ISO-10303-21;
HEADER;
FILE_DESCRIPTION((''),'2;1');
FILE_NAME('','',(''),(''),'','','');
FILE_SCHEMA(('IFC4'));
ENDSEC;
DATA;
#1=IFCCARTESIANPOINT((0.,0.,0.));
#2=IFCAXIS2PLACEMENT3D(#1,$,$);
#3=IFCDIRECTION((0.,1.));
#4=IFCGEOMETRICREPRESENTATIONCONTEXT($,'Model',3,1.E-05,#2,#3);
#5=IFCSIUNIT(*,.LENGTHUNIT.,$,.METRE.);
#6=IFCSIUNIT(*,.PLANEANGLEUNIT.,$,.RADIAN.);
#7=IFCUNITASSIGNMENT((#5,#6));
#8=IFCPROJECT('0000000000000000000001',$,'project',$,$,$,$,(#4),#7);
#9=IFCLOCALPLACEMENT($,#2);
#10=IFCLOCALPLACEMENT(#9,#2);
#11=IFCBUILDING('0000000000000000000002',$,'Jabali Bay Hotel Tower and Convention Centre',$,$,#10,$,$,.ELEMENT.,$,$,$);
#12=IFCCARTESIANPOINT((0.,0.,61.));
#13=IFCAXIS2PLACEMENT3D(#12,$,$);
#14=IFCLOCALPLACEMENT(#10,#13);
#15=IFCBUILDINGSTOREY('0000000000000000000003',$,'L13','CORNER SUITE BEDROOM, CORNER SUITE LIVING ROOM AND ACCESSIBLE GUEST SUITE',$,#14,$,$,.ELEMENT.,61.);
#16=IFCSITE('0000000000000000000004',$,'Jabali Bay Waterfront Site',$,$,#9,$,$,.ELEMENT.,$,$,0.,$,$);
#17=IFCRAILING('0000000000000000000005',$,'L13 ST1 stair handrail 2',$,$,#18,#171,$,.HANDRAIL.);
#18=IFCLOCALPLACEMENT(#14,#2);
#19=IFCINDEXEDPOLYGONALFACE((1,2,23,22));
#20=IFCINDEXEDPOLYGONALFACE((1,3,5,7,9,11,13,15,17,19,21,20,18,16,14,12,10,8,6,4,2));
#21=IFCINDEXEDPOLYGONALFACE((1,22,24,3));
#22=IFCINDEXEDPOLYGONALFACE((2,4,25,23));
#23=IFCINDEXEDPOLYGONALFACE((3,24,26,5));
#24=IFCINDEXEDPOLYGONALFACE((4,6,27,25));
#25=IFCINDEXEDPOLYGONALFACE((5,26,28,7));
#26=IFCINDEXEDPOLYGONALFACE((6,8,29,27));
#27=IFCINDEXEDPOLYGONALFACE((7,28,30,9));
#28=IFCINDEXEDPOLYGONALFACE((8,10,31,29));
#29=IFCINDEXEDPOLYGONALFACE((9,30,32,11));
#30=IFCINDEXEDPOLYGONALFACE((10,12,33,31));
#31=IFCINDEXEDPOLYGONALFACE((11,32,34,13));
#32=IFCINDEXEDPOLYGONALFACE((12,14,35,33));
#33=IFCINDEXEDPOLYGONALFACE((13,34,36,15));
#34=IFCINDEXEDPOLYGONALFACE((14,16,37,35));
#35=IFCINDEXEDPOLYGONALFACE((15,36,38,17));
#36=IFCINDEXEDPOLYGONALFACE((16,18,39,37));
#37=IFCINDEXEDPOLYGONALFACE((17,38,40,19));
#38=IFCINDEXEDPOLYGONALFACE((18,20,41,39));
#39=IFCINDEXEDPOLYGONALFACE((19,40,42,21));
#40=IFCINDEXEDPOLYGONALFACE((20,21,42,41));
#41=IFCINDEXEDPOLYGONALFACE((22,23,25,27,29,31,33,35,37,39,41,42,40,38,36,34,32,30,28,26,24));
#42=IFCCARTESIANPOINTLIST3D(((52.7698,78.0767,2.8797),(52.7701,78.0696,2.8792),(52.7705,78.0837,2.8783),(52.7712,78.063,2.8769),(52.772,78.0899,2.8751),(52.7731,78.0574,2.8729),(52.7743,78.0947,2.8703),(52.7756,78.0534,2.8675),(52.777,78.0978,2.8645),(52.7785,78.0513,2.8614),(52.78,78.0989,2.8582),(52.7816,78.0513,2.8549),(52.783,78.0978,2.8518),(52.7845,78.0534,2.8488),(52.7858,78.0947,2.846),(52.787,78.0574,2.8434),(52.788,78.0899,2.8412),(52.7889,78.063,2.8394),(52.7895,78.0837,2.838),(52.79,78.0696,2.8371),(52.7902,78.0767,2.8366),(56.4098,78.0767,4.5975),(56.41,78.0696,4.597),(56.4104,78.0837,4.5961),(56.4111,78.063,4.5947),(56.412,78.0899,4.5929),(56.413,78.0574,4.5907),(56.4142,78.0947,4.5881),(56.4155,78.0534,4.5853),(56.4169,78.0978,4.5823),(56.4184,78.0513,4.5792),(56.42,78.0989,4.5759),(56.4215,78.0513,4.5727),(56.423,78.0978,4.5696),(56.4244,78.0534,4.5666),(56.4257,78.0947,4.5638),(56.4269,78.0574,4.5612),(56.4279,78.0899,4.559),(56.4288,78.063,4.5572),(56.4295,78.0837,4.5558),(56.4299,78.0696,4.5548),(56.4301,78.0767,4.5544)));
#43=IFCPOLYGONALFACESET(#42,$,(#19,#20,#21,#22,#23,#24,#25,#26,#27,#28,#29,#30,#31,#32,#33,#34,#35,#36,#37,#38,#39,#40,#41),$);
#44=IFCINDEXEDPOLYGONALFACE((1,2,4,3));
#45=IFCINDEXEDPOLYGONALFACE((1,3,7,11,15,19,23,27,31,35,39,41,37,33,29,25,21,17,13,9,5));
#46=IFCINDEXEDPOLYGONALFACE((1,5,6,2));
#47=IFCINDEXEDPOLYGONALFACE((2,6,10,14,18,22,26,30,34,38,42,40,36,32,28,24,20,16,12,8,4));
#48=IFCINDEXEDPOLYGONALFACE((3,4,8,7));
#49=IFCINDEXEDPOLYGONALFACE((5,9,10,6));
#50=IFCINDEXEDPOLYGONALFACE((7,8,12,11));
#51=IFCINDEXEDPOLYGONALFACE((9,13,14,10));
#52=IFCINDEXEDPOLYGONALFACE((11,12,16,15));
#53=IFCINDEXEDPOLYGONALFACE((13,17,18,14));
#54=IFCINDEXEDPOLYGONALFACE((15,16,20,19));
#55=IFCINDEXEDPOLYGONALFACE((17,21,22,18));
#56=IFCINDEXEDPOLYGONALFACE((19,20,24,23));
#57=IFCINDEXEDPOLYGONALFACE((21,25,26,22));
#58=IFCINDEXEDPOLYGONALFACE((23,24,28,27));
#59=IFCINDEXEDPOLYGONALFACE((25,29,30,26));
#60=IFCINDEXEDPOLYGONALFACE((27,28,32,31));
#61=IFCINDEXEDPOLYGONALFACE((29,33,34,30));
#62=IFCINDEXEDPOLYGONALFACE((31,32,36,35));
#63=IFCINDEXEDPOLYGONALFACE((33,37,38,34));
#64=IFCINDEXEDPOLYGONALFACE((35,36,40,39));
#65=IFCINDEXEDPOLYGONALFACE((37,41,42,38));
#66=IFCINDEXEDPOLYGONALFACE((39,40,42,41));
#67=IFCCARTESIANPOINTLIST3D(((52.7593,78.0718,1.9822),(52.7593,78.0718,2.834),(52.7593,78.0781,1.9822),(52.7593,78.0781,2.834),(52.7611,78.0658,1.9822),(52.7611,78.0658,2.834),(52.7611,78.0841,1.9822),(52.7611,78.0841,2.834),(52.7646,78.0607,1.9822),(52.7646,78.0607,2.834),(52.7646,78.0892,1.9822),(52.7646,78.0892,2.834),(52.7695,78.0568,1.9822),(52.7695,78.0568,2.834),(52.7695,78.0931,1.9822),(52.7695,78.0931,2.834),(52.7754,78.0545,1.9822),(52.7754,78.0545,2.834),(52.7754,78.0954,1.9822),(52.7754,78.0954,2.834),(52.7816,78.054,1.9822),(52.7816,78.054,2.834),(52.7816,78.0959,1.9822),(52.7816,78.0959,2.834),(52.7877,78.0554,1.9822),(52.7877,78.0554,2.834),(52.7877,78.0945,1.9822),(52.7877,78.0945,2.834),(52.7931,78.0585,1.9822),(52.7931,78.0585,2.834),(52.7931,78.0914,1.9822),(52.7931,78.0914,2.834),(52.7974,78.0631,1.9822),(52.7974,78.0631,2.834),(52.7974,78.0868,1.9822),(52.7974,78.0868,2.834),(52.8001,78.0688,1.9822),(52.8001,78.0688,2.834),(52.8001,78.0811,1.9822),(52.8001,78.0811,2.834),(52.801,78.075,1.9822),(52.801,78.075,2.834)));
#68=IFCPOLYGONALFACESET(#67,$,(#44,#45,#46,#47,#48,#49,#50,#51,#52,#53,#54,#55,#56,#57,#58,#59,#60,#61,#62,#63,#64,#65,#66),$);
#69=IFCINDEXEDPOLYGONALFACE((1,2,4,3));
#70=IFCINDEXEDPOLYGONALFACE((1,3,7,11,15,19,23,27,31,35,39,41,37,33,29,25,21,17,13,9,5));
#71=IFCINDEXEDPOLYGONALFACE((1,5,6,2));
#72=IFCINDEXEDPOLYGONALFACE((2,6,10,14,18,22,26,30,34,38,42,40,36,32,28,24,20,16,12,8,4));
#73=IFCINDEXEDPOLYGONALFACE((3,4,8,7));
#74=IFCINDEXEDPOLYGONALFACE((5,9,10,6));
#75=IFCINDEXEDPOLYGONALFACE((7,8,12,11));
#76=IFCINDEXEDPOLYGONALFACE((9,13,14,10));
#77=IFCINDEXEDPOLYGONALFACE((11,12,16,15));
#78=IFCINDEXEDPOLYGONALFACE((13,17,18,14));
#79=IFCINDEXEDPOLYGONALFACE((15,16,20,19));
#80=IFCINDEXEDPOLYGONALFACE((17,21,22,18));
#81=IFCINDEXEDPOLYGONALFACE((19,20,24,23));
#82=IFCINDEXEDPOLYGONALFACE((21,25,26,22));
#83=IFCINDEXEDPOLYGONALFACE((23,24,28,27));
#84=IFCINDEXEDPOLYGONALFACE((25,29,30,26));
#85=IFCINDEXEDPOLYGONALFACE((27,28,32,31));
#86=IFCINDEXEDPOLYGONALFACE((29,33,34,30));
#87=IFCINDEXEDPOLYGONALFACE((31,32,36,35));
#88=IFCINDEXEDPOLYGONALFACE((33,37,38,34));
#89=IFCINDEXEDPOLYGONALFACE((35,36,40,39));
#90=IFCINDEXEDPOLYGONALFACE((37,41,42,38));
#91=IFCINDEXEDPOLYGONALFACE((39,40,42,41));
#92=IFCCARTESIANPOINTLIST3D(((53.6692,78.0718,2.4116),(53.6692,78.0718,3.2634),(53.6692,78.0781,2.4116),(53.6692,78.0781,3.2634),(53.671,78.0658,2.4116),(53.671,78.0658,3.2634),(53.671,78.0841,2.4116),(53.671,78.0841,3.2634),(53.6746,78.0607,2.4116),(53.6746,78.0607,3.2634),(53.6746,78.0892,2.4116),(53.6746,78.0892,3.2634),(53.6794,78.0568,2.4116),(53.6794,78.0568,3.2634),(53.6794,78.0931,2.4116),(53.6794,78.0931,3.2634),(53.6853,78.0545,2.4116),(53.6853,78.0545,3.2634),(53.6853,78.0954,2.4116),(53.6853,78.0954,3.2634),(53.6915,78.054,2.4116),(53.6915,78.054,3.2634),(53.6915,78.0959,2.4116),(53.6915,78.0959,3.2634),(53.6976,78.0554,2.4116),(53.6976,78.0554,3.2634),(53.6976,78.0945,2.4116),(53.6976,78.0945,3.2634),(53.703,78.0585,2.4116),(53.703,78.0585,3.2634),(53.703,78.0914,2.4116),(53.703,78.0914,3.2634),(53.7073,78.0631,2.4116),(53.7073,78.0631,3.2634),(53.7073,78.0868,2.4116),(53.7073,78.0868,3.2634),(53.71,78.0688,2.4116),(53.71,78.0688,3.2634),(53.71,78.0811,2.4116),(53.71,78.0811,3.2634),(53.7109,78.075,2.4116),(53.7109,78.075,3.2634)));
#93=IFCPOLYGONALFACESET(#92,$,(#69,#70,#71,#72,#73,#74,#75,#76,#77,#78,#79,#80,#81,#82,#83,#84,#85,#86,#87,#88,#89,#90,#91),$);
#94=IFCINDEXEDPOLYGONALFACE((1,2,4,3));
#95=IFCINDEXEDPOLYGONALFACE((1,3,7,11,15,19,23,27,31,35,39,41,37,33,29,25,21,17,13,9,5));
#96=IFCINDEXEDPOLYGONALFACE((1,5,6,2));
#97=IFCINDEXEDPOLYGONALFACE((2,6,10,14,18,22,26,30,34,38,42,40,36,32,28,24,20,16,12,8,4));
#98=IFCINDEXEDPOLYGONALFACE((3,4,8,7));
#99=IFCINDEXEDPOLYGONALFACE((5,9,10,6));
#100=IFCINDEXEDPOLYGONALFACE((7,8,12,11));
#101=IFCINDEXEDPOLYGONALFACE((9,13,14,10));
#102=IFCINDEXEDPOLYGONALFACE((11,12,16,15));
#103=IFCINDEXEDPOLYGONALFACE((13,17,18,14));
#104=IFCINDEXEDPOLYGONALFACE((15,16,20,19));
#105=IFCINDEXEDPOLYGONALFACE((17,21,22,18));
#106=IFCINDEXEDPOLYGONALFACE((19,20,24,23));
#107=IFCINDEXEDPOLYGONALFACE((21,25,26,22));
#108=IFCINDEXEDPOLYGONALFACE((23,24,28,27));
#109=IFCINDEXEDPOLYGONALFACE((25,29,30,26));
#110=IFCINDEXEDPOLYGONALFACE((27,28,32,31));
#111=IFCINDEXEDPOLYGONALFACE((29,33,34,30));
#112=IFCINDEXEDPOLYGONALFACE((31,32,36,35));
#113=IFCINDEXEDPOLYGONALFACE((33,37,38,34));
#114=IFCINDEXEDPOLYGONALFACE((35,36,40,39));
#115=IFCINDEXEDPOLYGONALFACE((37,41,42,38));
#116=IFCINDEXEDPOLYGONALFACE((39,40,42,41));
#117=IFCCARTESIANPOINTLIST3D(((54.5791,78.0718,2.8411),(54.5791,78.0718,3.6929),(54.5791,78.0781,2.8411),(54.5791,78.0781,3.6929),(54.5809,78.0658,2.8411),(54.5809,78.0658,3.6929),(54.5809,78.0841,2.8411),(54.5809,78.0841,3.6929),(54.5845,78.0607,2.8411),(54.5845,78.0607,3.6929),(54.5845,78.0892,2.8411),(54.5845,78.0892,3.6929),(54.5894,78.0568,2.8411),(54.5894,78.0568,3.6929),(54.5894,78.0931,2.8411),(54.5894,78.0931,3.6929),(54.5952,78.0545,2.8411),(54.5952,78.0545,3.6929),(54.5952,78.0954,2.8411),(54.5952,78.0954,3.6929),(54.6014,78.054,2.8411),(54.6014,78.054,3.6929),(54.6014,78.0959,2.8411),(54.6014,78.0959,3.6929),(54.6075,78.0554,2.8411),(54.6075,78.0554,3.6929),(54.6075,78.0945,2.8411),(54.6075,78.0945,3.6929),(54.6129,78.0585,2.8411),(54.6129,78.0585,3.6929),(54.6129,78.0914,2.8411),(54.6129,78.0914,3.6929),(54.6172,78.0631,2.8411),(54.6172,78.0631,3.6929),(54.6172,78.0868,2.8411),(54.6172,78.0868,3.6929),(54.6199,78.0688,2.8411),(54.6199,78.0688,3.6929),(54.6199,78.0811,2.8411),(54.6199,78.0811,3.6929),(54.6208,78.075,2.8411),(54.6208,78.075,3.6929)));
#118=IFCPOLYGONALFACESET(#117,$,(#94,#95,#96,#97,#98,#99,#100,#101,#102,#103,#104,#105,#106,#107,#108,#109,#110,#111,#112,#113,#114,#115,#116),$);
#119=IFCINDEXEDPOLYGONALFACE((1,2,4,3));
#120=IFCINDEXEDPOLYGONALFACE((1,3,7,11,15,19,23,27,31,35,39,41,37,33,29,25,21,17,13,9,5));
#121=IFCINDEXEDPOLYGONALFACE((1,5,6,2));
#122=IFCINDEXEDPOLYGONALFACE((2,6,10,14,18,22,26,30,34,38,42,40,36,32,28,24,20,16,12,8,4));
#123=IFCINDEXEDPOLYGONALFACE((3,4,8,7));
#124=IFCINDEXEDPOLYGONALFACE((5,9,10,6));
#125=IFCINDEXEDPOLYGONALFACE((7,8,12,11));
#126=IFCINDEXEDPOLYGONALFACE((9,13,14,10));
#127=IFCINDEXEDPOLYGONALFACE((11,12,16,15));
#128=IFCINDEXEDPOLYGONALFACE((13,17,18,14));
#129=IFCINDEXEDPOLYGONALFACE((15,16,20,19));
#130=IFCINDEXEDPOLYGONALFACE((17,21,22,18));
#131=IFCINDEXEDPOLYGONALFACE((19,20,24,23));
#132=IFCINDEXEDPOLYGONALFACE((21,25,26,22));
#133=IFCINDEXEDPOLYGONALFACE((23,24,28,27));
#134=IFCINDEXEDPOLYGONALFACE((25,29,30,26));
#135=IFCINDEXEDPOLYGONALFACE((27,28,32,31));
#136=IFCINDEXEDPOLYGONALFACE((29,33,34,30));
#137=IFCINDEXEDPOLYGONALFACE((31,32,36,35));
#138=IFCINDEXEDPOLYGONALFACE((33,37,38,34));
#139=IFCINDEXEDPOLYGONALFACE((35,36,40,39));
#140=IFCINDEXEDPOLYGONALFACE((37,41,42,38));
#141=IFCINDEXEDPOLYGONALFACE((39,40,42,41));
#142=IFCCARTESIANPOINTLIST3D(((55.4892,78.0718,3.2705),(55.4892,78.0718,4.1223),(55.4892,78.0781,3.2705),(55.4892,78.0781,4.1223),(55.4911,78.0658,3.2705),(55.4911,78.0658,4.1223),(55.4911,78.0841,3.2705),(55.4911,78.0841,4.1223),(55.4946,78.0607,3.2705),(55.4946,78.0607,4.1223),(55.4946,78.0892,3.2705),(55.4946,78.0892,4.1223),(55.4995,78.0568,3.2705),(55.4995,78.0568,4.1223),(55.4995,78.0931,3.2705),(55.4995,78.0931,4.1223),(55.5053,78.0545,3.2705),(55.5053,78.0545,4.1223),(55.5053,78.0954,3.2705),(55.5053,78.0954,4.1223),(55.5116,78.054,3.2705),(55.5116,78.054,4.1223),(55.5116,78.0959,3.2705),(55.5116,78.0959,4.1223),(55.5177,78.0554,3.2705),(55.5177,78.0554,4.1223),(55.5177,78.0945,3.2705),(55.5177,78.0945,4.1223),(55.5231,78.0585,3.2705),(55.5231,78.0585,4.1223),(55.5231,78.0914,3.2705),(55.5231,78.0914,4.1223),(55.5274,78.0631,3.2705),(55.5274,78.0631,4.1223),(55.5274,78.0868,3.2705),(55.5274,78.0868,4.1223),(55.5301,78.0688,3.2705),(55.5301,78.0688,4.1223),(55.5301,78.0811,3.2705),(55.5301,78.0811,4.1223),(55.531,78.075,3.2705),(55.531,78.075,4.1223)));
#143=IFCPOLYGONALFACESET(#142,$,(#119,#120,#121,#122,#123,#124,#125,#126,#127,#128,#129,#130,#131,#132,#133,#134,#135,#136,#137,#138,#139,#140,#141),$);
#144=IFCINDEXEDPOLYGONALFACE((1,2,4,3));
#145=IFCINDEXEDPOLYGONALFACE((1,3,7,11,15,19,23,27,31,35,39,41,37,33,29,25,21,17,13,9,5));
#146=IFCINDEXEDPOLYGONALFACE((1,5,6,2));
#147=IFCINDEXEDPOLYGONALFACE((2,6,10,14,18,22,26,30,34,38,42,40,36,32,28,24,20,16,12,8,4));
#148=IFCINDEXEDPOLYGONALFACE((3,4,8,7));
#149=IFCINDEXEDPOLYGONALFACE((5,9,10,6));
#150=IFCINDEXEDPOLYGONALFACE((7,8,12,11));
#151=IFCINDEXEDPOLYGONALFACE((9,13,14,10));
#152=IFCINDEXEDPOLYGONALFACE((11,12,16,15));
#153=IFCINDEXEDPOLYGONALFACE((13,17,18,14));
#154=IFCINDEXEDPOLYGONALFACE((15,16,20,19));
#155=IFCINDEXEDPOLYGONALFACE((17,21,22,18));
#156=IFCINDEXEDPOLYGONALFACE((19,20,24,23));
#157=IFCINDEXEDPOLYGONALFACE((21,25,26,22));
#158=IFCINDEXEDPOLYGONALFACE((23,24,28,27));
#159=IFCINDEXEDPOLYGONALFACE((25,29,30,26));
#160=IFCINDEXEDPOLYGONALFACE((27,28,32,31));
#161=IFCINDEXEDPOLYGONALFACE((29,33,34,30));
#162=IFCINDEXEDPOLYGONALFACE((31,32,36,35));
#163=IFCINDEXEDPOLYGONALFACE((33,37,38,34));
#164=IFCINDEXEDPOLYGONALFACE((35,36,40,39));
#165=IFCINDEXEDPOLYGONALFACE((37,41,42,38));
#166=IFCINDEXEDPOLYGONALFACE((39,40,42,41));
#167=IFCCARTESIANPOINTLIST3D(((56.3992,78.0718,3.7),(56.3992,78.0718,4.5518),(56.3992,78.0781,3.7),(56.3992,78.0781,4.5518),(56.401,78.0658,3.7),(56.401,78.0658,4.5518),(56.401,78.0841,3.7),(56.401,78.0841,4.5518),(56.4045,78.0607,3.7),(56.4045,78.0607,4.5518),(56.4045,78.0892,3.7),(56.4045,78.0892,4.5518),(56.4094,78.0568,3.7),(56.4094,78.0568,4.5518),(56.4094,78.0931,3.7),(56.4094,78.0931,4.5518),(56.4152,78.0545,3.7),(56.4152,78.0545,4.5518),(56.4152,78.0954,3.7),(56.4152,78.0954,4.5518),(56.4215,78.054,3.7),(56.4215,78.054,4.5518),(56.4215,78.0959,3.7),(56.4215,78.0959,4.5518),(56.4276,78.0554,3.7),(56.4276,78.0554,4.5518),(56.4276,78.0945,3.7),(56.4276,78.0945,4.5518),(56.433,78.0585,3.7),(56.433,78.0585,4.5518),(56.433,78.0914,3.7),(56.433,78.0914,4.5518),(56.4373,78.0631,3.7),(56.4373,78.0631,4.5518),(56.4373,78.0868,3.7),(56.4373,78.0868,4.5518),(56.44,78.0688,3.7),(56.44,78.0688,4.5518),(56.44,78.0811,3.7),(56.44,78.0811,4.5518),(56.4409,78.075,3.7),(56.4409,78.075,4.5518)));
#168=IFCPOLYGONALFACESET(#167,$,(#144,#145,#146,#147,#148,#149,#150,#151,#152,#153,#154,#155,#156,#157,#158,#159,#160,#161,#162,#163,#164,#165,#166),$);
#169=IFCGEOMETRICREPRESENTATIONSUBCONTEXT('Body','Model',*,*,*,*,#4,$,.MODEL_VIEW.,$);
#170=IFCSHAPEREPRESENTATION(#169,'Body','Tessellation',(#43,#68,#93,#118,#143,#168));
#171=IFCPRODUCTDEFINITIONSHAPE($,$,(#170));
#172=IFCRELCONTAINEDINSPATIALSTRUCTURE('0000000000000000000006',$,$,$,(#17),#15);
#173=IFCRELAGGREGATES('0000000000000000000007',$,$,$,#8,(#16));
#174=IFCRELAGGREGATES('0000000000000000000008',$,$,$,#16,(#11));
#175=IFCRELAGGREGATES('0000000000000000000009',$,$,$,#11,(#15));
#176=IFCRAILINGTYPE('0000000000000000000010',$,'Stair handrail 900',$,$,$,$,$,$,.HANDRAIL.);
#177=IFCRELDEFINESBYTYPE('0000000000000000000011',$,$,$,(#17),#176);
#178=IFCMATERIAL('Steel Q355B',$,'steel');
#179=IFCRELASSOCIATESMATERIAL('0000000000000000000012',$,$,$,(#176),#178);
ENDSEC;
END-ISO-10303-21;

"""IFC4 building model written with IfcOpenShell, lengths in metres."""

from ifc_helpers import new_model, si_unit, direction, frame, origin, origin_2d, place, context, subcontext, project, spatial, circle, extrude, material, type_object, element, save


model = new_model("IFC4")

# Units and contexts
model_context = context("Model", 3, precision=1e-05, world=origin(), true_north=direction((0.0, 1.0)))
body_context = subcontext(model_context, "Body", "Model", "MODEL_VIEW")
ifc_project = project(units=[si_unit("LENGTHUNIT", "METRE"), si_unit("PLANEANGLEUNIT", "RADIAN")], contexts=[model_context])

# Site, building, storey
site_placement = place(None, origin())
site = spatial("IfcSite", under=ifc_project, at=site_placement, Name="Jabali Bay Waterfront Site", CompositionType="ELEMENT", RefElevation=0.0)
building_placement = place(site_placement, origin())
building = spatial("IfcBuilding", under=site, at=building_placement, Name="Jabali Bay Hotel Tower and Convention Centre", CompositionType="ELEMENT")
storey_placement = place(building_placement, frame((0.0, 0.0, 61.0)))
storey = spatial("IfcBuildingStorey", under=building, at=storey_placement, Name="L13", Description="CORNER SUITE BEDROOM, CORNER SUITE LIVING ROOM AND ACCESSIBLE GUEST SUITE", CompositionType="ELEMENT", Elevation=61.0)

# Railing
ifc_material_1 = material(Name="Steel Q355B", Category="steel")
railing_type = type_object("IfcRailingType", Name="Stair handrail 900", PredefinedType="HANDRAIL", material=ifc_material_1)
railing_placement = place(storey_placement, frame((52.78, 78.075, 1.9822)))
element("IfcRailing", 1, at=railing_placement, inside=storey, type_object=railing_type, Name="L13 ST1 stair handrail 2", PredefinedType="HANDRAIL", context=body_context, shape_type="SweptSolid", body=[
    extrude(circle(Radius=0.0239, at=origin_2d()), frame((0.0, 0.0, 0.876), z_axis=(0.904351, 0.0, 0.42679), x_axis=(0.0, 1.0, 0.0)), (0.0, 0.0, 1.0), 4.0249),
    extrude(circle(Radius=0.021, at=origin_2d()), origin(), (0.0, 0.0, 1.0), 0.8518),
    extrude(circle(Radius=0.021, at=origin_2d()), frame((0.9099, 0.0, 0.4294)), (0.0, 0.0, 1.0), 0.8518),
    extrude(circle(Radius=0.021, at=origin_2d()), frame((1.8198, 0.0, 0.8589)), (0.0, 0.0, 1.0), 0.8518),
    extrude(circle(Radius=0.021, at=origin_2d()), frame((2.73, 0.0, 1.2883)), (0.0, 0.0, 1.0), 0.8518),
    extrude(circle(Radius=0.021, at=origin_2d()), frame((3.6399, 0.0, 1.7178)), (0.0, 0.0, 1.0), 0.8518),
])

save(model, "model.ifc")
